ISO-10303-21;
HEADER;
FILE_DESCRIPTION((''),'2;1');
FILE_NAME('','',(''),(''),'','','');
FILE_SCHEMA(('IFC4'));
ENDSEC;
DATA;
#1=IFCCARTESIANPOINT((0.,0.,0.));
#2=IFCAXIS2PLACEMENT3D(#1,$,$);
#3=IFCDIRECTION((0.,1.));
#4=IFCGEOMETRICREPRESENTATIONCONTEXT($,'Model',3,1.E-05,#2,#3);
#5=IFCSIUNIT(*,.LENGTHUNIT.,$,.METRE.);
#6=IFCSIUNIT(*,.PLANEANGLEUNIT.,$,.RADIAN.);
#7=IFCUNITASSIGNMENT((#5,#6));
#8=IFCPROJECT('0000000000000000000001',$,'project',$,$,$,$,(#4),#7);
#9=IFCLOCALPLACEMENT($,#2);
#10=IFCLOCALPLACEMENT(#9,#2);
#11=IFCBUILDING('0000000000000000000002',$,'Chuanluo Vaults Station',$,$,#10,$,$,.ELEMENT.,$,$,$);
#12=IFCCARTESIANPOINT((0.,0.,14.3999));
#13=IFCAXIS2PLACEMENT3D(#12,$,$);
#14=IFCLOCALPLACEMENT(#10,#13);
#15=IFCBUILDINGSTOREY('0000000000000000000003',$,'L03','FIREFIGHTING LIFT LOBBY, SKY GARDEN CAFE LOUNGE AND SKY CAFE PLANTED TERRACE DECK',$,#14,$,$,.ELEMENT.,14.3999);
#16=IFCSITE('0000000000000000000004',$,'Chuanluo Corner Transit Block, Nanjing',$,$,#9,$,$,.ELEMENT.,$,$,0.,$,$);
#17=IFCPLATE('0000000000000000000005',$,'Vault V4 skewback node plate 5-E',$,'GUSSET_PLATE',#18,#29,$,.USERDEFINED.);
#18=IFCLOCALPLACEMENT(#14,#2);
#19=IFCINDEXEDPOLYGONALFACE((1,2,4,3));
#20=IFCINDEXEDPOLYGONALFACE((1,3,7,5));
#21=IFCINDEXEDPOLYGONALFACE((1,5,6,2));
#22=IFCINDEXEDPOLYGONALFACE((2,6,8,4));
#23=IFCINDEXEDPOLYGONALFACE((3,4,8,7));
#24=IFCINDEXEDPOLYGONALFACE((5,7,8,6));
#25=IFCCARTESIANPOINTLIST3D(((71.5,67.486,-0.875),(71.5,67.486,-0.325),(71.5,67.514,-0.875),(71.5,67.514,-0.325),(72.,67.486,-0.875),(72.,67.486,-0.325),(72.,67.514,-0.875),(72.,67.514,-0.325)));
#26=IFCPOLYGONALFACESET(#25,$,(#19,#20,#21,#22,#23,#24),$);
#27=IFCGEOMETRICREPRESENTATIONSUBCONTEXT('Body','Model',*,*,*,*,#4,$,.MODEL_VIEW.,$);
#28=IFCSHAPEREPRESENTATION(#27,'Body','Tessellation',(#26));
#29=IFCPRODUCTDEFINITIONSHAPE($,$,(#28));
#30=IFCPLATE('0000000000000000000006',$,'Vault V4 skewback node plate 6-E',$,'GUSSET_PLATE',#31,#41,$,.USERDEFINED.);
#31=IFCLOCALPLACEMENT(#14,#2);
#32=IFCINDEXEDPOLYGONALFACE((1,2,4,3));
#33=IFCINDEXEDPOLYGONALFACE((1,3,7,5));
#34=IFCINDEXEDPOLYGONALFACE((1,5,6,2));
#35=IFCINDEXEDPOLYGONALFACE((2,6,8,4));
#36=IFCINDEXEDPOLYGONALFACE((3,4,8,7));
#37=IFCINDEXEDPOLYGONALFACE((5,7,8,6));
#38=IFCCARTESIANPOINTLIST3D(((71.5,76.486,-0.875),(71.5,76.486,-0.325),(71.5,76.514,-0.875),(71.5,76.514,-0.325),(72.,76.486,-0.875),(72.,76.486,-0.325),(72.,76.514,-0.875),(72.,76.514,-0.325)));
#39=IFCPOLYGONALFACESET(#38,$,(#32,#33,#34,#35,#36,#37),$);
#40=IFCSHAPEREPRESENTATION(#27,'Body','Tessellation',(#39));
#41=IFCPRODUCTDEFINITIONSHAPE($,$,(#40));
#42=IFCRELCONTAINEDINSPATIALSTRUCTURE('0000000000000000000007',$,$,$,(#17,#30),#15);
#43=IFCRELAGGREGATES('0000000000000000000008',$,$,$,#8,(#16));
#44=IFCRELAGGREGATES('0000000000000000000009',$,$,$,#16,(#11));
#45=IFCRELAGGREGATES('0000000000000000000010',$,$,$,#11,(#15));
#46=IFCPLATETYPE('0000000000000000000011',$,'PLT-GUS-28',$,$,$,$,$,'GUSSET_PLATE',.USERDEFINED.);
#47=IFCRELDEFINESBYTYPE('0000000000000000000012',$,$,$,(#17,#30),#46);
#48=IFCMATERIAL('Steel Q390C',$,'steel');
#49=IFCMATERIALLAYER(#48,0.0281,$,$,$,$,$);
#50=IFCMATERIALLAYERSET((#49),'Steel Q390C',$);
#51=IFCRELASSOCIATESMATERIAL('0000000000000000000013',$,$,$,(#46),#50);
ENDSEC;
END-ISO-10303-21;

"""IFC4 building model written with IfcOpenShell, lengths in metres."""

from ifc_helpers import new_model, si_unit, direction, frame, origin, origin_2d, place, context, subcontext, project, spatial, rectangle, extrude, material, layer, layer_set, type_object, element, save


model = new_model("IFC4")

# Units and contexts
model_context = context("Model", 3, precision=1e-05, world=origin(), true_north=direction((0.0, 1.0)))
body_context = subcontext(model_context, "Body", "Model", "MODEL_VIEW")
ifc_project = project(units=[si_unit("LENGTHUNIT", "METRE"), si_unit("PLANEANGLEUNIT", "RADIAN")], contexts=[model_context])

# Site, building, storey
site_placement = place(None, origin())
site = spatial("IfcSite", under=ifc_project, at=site_placement, Name="Chuanluo Corner Transit Block, Nanjing", CompositionType="ELEMENT", RefElevation=0.0)
building_placement = place(site_placement, origin())
building = spatial("IfcBuilding", under=site, at=building_placement, Name="Chuanluo Vaults Station", CompositionType="ELEMENT")
storey_placement = place(building_placement, frame((0.0, 0.0, 14.3999)))
storey = spatial("IfcBuildingStorey", under=building, at=storey_placement, Name="L03", Description="FIREFIGHTING LIFT LOBBY, SKY GARDEN CAFE LOUNGE AND SKY CAFE PLANTED TERRACE DECK", CompositionType="ELEMENT", Elevation=14.3999)

# Plates
ifc_material_1 = material(Name="Steel Q390C", Category="steel")
ifc_layer = layer(ifc_material_1, 0.0281)
ifc_layer_set = layer_set([ifc_layer], Name="Steel Q390C")
plate_type = type_object("IfcPlateType", Name="PLT-GUS-28", ElementType="GUSSET_PLATE", PredefinedType="USERDEFINED", material=ifc_layer_set)
for number, where, z_axis, x_axis, name in (
    (1, (71.75, 67.5, -0.875), (0.0, 0.0, 1.0), (1.0, 0.0, 0.0), "Vault V4 skewback node plate 5-E"),
    (2, (71.75, 76.5, -0.875), (0.0, 0.0, 1.0), (1.0, 0.0, 0.0), "Vault V4 skewback node plate 6-E"),
):
    element("IfcPlate", number, at=place(storey_placement, frame(where, z_axis=z_axis, x_axis=x_axis)), inside=storey, type_object=plate_type, Name=name, ObjectType="GUSSET_PLATE", PredefinedType="USERDEFINED", context=body_context, shape_type="SweptSolid", body=[
        extrude(rectangle(XDim=0.5, YDim=0.0281, at=origin_2d()), origin(), (0.0, 0.0, 1.0), 0.55),
    ])

save(model, "model.ifc")
